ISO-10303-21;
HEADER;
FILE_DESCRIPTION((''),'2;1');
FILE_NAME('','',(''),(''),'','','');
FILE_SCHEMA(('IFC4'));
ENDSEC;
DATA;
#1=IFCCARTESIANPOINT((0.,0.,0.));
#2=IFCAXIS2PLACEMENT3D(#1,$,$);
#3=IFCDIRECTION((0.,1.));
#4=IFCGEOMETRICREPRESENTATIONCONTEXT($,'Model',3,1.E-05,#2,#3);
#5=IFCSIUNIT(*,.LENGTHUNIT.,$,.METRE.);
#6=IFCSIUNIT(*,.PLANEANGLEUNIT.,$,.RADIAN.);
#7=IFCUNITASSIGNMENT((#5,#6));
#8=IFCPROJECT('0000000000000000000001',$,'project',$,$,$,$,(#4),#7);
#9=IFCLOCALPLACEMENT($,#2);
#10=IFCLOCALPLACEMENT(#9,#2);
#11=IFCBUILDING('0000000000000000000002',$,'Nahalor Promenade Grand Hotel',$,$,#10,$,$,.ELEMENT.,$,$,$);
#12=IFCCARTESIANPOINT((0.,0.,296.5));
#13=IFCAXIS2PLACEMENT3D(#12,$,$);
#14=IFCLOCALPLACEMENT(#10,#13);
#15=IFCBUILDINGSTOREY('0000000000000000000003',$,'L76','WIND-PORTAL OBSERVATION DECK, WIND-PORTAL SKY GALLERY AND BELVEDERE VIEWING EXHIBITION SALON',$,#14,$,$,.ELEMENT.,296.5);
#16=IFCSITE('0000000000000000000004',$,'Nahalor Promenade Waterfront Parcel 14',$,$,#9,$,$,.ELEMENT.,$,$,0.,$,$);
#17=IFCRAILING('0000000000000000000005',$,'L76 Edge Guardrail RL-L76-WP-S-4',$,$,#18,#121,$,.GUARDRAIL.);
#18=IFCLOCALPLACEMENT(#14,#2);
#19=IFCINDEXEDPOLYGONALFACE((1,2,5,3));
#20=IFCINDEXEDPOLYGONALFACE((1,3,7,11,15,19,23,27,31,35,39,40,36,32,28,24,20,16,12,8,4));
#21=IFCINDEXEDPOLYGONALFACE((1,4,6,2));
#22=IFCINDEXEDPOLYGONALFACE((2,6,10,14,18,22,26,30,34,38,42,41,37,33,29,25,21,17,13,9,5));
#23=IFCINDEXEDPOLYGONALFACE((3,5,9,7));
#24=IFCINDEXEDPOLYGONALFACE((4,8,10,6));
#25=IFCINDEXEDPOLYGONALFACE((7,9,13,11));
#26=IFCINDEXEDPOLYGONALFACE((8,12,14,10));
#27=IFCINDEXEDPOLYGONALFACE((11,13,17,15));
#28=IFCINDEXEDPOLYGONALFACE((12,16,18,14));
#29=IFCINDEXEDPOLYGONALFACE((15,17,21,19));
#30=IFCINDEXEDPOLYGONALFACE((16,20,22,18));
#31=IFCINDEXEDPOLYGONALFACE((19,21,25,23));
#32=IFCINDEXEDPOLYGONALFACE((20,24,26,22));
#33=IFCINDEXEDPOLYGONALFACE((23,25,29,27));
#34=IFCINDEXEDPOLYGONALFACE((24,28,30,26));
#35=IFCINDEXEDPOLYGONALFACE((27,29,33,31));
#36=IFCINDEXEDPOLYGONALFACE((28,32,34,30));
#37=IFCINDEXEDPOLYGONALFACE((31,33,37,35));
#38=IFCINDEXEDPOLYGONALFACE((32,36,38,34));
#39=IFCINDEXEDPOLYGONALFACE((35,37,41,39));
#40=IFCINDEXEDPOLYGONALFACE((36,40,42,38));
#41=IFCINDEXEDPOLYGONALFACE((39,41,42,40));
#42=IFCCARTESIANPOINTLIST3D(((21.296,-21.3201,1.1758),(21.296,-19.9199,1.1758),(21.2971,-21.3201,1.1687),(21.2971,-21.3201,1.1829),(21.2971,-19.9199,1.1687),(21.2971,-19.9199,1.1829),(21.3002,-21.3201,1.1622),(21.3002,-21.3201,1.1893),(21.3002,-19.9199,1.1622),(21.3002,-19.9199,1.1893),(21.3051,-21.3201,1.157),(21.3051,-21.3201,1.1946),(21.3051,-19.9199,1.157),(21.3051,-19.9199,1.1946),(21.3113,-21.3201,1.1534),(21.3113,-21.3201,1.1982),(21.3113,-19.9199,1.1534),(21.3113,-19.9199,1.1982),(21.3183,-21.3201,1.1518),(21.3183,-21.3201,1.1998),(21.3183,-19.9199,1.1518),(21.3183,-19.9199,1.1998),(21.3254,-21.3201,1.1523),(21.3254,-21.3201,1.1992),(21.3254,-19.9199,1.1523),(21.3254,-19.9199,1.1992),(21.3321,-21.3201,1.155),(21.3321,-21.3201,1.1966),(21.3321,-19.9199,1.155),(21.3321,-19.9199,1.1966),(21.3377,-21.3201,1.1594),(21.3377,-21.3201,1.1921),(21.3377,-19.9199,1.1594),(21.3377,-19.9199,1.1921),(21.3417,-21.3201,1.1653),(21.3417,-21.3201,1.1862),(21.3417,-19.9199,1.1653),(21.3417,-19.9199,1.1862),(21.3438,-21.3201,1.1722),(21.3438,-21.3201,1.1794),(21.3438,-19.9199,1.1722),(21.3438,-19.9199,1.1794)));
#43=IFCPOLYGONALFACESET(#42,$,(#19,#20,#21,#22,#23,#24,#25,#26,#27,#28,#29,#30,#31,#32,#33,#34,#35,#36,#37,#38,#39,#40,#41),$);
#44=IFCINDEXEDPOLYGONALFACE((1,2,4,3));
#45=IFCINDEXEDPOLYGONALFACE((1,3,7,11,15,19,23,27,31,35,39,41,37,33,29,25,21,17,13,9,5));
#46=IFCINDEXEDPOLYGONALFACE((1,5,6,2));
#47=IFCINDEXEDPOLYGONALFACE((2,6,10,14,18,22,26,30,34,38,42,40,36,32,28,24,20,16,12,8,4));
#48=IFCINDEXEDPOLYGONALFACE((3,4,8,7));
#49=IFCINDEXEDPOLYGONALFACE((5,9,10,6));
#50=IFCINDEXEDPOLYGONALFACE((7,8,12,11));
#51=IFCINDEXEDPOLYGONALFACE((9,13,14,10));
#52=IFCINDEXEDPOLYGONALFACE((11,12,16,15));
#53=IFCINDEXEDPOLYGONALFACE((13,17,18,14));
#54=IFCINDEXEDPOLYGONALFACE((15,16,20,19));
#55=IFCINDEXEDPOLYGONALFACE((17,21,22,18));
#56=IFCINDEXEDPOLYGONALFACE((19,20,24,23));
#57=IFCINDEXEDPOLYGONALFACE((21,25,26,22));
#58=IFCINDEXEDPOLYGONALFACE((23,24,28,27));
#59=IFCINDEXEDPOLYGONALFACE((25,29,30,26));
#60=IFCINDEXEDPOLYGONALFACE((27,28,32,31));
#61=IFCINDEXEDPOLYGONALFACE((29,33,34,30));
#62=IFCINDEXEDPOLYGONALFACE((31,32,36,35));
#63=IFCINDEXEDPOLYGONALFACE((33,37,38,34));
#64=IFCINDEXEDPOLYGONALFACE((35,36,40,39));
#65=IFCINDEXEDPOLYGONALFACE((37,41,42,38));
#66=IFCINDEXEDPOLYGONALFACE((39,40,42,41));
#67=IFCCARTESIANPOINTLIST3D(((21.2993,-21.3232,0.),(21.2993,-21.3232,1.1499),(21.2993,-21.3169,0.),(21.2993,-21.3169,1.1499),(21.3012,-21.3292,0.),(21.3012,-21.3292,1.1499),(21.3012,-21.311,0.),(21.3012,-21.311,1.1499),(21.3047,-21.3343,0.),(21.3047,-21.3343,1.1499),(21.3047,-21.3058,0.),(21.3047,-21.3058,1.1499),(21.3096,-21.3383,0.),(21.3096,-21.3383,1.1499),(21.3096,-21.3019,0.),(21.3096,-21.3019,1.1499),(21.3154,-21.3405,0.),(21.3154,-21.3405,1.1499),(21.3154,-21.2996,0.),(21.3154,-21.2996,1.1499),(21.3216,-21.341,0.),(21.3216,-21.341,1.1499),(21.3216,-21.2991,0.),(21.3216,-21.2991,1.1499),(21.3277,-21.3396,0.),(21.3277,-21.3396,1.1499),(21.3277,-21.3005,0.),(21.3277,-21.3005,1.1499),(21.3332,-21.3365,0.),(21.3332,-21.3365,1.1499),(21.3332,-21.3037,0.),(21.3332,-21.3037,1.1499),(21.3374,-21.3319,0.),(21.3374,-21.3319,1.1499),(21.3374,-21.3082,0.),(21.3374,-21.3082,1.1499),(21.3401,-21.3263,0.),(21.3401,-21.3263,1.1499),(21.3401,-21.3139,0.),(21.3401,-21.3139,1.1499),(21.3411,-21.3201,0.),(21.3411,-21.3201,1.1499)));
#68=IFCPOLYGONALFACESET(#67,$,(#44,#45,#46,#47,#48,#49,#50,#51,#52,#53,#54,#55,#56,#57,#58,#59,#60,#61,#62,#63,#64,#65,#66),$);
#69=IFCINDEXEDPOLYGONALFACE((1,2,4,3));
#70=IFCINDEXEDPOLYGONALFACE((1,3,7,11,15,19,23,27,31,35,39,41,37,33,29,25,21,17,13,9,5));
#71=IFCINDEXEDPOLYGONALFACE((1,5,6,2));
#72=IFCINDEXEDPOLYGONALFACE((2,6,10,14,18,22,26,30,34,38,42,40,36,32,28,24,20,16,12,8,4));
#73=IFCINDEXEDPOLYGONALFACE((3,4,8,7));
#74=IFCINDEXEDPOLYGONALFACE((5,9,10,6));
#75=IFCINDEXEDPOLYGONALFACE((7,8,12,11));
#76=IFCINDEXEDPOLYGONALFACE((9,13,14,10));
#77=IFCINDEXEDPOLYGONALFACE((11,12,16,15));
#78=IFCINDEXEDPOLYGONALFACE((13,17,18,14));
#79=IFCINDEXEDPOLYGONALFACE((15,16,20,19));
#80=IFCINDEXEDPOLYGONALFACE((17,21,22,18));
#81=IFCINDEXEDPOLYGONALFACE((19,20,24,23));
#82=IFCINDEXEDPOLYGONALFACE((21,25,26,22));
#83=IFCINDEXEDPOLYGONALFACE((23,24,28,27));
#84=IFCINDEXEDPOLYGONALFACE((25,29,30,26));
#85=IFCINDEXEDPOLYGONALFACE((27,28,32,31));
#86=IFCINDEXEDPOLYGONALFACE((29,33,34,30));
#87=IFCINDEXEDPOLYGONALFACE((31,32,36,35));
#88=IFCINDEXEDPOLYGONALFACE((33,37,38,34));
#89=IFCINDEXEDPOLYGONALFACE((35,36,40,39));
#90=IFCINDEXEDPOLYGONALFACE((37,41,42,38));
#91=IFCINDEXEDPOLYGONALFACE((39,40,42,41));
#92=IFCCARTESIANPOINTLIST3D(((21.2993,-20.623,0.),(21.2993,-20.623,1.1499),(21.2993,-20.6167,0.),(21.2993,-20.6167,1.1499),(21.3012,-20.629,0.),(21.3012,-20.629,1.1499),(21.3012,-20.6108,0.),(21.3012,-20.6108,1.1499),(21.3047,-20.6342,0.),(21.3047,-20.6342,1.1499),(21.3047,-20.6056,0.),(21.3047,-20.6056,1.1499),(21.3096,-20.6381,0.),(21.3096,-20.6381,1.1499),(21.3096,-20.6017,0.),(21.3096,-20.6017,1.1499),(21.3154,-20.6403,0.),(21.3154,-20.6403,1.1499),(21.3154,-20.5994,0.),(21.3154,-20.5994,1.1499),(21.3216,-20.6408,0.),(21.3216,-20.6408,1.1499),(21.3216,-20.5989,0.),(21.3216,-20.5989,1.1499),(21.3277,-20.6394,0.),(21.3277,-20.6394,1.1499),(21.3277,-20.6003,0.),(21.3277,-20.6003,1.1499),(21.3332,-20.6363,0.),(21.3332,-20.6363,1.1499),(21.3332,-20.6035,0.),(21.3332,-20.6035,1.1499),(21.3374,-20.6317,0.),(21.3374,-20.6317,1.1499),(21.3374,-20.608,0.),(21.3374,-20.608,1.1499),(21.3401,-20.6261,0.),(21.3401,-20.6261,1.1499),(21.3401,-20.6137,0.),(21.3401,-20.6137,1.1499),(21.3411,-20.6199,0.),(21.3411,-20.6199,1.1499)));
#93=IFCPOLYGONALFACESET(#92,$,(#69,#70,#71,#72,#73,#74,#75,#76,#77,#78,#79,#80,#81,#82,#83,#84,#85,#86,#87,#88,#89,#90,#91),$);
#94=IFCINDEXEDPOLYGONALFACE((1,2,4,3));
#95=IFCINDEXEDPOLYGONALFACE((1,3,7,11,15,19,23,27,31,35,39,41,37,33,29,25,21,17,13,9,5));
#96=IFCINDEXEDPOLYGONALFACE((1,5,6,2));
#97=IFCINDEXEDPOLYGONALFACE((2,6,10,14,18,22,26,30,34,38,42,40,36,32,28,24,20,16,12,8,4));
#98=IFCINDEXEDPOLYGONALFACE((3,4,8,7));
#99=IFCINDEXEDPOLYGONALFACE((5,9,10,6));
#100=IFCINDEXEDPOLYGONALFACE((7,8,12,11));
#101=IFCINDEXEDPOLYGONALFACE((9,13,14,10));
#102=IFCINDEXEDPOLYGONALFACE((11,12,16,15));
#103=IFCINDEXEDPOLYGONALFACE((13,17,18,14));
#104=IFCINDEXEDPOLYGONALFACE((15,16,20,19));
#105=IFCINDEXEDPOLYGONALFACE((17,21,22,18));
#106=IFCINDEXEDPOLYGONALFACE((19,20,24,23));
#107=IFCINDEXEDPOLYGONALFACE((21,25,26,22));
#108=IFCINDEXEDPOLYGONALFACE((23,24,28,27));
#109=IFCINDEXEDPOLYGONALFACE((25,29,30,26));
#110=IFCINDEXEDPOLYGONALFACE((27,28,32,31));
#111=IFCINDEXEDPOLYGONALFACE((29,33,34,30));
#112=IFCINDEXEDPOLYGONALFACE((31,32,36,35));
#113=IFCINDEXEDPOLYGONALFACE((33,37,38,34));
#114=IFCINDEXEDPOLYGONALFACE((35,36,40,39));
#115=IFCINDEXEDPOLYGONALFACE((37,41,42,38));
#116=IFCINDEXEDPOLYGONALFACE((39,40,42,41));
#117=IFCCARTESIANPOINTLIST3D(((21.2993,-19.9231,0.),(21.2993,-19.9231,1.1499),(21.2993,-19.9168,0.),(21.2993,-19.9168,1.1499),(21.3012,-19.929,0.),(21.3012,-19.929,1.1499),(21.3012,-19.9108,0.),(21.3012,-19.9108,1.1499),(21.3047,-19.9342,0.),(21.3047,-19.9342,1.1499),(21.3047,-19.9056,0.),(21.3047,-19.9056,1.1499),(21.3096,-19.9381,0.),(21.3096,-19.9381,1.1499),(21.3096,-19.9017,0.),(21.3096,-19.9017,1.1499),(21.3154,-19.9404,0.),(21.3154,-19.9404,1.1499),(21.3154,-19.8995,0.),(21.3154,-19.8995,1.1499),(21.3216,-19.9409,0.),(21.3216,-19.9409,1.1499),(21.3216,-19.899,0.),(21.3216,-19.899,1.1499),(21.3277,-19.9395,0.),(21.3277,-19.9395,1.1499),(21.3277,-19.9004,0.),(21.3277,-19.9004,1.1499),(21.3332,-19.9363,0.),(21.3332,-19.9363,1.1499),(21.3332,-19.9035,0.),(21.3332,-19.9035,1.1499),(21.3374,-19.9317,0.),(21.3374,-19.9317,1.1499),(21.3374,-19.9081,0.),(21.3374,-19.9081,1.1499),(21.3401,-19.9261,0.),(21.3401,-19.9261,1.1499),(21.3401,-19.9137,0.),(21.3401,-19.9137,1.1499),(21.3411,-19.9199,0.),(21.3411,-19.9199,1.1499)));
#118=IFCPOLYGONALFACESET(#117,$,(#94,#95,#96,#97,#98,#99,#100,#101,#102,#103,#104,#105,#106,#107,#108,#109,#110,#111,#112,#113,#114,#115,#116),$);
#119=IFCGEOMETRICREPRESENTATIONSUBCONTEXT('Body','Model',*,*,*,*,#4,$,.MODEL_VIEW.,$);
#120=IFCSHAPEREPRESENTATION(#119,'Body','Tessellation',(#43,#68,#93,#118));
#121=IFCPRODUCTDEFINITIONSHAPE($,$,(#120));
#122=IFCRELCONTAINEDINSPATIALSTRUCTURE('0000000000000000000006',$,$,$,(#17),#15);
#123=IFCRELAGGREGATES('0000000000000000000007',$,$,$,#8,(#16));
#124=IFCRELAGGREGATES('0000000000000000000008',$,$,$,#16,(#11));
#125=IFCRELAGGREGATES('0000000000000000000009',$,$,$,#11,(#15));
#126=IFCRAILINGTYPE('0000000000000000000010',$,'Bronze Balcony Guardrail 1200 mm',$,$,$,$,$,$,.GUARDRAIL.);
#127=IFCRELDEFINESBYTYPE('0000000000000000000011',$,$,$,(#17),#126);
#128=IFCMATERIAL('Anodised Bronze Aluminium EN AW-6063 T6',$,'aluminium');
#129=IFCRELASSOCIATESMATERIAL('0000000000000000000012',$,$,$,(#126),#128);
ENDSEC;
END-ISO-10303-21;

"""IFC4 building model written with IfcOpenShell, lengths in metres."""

from ifc_helpers import new_model, si_unit, direction, frame, origin, origin_2d, place, context, subcontext, project, spatial, circle, extrude, material, type_object, element, save


model = new_model("IFC4")

# Units and contexts
model_context = context("Model", 3, precision=1e-05, world=origin(), true_north=direction((0.0, 1.0)))
body_context = subcontext(model_context, "Body", "Model", "MODEL_VIEW")
ifc_project = project(units=[si_unit("LENGTHUNIT", "METRE"), si_unit("PLANEANGLEUNIT", "RADIAN")], contexts=[model_context])

# Site, building, storey
site_placement = place(None, origin())
site = spatial("IfcSite", under=ifc_project, at=site_placement, Name="Nahalor Promenade Waterfront Parcel 14", CompositionType="ELEMENT", RefElevation=0.0)
building_placement = place(site_placement, origin())
building = spatial("IfcBuilding", under=site, at=building_placement, Name="Nahalor Promenade Grand Hotel", CompositionType="ELEMENT")
storey_placement = place(building_placement, frame((0.0, 0.0, 296.5)))
storey = spatial("IfcBuildingStorey", under=building, at=storey_placement, Name="L76", Description="WIND-PORTAL OBSERVATION DECK, WIND-PORTAL SKY GALLERY AND BELVEDERE VIEWING EXHIBITION SALON", CompositionType="ELEMENT", Elevation=296.5)

# Railing
ifc_material_1 = material(Name="Anodised Bronze Aluminium EN AW-6063 T6", Category="aluminium")
railing_type = type_object("IfcRailingType", Name="Bronze Balcony Guardrail 1200 mm", PredefinedType="GUARDRAIL", material=ifc_material_1)
railing_1_placement = place(storey_placement, frame((21.3201, -21.3201, 0.0)))
element("IfcRailing", 1, at=railing_1_placement, inside=storey, type_object=railing_type, Name="L76 Edge Guardrail RL-L76-WP-S-4", PredefinedType="GUARDRAIL", context=body_context, shape_type="SweptSolid", body=[
    extrude(circle(Radius=0.024, at=origin_2d()), frame((0.0, 0.0, 1.1758), z_axis=(0.0, 1.0, 0.0), x_axis=(-1.0, 0.0, 0.0)), (0.0, 0.0, 1.0), 1.4001),
    extrude(circle(Radius=0.021, at=origin_2d()), origin(), (0.0, 0.0, 1.0), 1.1499),
    extrude(circle(Radius=0.021, at=origin_2d()), frame((0.0, 0.7002, 0.0)), (0.0, 0.0, 1.0), 1.1499),
    extrude(circle(Radius=0.021, at=origin_2d()), frame((0.0, 1.4001, 0.0)), (0.0, 0.0, 1.0), 1.1499),
])

save(model, "model.ifc")
